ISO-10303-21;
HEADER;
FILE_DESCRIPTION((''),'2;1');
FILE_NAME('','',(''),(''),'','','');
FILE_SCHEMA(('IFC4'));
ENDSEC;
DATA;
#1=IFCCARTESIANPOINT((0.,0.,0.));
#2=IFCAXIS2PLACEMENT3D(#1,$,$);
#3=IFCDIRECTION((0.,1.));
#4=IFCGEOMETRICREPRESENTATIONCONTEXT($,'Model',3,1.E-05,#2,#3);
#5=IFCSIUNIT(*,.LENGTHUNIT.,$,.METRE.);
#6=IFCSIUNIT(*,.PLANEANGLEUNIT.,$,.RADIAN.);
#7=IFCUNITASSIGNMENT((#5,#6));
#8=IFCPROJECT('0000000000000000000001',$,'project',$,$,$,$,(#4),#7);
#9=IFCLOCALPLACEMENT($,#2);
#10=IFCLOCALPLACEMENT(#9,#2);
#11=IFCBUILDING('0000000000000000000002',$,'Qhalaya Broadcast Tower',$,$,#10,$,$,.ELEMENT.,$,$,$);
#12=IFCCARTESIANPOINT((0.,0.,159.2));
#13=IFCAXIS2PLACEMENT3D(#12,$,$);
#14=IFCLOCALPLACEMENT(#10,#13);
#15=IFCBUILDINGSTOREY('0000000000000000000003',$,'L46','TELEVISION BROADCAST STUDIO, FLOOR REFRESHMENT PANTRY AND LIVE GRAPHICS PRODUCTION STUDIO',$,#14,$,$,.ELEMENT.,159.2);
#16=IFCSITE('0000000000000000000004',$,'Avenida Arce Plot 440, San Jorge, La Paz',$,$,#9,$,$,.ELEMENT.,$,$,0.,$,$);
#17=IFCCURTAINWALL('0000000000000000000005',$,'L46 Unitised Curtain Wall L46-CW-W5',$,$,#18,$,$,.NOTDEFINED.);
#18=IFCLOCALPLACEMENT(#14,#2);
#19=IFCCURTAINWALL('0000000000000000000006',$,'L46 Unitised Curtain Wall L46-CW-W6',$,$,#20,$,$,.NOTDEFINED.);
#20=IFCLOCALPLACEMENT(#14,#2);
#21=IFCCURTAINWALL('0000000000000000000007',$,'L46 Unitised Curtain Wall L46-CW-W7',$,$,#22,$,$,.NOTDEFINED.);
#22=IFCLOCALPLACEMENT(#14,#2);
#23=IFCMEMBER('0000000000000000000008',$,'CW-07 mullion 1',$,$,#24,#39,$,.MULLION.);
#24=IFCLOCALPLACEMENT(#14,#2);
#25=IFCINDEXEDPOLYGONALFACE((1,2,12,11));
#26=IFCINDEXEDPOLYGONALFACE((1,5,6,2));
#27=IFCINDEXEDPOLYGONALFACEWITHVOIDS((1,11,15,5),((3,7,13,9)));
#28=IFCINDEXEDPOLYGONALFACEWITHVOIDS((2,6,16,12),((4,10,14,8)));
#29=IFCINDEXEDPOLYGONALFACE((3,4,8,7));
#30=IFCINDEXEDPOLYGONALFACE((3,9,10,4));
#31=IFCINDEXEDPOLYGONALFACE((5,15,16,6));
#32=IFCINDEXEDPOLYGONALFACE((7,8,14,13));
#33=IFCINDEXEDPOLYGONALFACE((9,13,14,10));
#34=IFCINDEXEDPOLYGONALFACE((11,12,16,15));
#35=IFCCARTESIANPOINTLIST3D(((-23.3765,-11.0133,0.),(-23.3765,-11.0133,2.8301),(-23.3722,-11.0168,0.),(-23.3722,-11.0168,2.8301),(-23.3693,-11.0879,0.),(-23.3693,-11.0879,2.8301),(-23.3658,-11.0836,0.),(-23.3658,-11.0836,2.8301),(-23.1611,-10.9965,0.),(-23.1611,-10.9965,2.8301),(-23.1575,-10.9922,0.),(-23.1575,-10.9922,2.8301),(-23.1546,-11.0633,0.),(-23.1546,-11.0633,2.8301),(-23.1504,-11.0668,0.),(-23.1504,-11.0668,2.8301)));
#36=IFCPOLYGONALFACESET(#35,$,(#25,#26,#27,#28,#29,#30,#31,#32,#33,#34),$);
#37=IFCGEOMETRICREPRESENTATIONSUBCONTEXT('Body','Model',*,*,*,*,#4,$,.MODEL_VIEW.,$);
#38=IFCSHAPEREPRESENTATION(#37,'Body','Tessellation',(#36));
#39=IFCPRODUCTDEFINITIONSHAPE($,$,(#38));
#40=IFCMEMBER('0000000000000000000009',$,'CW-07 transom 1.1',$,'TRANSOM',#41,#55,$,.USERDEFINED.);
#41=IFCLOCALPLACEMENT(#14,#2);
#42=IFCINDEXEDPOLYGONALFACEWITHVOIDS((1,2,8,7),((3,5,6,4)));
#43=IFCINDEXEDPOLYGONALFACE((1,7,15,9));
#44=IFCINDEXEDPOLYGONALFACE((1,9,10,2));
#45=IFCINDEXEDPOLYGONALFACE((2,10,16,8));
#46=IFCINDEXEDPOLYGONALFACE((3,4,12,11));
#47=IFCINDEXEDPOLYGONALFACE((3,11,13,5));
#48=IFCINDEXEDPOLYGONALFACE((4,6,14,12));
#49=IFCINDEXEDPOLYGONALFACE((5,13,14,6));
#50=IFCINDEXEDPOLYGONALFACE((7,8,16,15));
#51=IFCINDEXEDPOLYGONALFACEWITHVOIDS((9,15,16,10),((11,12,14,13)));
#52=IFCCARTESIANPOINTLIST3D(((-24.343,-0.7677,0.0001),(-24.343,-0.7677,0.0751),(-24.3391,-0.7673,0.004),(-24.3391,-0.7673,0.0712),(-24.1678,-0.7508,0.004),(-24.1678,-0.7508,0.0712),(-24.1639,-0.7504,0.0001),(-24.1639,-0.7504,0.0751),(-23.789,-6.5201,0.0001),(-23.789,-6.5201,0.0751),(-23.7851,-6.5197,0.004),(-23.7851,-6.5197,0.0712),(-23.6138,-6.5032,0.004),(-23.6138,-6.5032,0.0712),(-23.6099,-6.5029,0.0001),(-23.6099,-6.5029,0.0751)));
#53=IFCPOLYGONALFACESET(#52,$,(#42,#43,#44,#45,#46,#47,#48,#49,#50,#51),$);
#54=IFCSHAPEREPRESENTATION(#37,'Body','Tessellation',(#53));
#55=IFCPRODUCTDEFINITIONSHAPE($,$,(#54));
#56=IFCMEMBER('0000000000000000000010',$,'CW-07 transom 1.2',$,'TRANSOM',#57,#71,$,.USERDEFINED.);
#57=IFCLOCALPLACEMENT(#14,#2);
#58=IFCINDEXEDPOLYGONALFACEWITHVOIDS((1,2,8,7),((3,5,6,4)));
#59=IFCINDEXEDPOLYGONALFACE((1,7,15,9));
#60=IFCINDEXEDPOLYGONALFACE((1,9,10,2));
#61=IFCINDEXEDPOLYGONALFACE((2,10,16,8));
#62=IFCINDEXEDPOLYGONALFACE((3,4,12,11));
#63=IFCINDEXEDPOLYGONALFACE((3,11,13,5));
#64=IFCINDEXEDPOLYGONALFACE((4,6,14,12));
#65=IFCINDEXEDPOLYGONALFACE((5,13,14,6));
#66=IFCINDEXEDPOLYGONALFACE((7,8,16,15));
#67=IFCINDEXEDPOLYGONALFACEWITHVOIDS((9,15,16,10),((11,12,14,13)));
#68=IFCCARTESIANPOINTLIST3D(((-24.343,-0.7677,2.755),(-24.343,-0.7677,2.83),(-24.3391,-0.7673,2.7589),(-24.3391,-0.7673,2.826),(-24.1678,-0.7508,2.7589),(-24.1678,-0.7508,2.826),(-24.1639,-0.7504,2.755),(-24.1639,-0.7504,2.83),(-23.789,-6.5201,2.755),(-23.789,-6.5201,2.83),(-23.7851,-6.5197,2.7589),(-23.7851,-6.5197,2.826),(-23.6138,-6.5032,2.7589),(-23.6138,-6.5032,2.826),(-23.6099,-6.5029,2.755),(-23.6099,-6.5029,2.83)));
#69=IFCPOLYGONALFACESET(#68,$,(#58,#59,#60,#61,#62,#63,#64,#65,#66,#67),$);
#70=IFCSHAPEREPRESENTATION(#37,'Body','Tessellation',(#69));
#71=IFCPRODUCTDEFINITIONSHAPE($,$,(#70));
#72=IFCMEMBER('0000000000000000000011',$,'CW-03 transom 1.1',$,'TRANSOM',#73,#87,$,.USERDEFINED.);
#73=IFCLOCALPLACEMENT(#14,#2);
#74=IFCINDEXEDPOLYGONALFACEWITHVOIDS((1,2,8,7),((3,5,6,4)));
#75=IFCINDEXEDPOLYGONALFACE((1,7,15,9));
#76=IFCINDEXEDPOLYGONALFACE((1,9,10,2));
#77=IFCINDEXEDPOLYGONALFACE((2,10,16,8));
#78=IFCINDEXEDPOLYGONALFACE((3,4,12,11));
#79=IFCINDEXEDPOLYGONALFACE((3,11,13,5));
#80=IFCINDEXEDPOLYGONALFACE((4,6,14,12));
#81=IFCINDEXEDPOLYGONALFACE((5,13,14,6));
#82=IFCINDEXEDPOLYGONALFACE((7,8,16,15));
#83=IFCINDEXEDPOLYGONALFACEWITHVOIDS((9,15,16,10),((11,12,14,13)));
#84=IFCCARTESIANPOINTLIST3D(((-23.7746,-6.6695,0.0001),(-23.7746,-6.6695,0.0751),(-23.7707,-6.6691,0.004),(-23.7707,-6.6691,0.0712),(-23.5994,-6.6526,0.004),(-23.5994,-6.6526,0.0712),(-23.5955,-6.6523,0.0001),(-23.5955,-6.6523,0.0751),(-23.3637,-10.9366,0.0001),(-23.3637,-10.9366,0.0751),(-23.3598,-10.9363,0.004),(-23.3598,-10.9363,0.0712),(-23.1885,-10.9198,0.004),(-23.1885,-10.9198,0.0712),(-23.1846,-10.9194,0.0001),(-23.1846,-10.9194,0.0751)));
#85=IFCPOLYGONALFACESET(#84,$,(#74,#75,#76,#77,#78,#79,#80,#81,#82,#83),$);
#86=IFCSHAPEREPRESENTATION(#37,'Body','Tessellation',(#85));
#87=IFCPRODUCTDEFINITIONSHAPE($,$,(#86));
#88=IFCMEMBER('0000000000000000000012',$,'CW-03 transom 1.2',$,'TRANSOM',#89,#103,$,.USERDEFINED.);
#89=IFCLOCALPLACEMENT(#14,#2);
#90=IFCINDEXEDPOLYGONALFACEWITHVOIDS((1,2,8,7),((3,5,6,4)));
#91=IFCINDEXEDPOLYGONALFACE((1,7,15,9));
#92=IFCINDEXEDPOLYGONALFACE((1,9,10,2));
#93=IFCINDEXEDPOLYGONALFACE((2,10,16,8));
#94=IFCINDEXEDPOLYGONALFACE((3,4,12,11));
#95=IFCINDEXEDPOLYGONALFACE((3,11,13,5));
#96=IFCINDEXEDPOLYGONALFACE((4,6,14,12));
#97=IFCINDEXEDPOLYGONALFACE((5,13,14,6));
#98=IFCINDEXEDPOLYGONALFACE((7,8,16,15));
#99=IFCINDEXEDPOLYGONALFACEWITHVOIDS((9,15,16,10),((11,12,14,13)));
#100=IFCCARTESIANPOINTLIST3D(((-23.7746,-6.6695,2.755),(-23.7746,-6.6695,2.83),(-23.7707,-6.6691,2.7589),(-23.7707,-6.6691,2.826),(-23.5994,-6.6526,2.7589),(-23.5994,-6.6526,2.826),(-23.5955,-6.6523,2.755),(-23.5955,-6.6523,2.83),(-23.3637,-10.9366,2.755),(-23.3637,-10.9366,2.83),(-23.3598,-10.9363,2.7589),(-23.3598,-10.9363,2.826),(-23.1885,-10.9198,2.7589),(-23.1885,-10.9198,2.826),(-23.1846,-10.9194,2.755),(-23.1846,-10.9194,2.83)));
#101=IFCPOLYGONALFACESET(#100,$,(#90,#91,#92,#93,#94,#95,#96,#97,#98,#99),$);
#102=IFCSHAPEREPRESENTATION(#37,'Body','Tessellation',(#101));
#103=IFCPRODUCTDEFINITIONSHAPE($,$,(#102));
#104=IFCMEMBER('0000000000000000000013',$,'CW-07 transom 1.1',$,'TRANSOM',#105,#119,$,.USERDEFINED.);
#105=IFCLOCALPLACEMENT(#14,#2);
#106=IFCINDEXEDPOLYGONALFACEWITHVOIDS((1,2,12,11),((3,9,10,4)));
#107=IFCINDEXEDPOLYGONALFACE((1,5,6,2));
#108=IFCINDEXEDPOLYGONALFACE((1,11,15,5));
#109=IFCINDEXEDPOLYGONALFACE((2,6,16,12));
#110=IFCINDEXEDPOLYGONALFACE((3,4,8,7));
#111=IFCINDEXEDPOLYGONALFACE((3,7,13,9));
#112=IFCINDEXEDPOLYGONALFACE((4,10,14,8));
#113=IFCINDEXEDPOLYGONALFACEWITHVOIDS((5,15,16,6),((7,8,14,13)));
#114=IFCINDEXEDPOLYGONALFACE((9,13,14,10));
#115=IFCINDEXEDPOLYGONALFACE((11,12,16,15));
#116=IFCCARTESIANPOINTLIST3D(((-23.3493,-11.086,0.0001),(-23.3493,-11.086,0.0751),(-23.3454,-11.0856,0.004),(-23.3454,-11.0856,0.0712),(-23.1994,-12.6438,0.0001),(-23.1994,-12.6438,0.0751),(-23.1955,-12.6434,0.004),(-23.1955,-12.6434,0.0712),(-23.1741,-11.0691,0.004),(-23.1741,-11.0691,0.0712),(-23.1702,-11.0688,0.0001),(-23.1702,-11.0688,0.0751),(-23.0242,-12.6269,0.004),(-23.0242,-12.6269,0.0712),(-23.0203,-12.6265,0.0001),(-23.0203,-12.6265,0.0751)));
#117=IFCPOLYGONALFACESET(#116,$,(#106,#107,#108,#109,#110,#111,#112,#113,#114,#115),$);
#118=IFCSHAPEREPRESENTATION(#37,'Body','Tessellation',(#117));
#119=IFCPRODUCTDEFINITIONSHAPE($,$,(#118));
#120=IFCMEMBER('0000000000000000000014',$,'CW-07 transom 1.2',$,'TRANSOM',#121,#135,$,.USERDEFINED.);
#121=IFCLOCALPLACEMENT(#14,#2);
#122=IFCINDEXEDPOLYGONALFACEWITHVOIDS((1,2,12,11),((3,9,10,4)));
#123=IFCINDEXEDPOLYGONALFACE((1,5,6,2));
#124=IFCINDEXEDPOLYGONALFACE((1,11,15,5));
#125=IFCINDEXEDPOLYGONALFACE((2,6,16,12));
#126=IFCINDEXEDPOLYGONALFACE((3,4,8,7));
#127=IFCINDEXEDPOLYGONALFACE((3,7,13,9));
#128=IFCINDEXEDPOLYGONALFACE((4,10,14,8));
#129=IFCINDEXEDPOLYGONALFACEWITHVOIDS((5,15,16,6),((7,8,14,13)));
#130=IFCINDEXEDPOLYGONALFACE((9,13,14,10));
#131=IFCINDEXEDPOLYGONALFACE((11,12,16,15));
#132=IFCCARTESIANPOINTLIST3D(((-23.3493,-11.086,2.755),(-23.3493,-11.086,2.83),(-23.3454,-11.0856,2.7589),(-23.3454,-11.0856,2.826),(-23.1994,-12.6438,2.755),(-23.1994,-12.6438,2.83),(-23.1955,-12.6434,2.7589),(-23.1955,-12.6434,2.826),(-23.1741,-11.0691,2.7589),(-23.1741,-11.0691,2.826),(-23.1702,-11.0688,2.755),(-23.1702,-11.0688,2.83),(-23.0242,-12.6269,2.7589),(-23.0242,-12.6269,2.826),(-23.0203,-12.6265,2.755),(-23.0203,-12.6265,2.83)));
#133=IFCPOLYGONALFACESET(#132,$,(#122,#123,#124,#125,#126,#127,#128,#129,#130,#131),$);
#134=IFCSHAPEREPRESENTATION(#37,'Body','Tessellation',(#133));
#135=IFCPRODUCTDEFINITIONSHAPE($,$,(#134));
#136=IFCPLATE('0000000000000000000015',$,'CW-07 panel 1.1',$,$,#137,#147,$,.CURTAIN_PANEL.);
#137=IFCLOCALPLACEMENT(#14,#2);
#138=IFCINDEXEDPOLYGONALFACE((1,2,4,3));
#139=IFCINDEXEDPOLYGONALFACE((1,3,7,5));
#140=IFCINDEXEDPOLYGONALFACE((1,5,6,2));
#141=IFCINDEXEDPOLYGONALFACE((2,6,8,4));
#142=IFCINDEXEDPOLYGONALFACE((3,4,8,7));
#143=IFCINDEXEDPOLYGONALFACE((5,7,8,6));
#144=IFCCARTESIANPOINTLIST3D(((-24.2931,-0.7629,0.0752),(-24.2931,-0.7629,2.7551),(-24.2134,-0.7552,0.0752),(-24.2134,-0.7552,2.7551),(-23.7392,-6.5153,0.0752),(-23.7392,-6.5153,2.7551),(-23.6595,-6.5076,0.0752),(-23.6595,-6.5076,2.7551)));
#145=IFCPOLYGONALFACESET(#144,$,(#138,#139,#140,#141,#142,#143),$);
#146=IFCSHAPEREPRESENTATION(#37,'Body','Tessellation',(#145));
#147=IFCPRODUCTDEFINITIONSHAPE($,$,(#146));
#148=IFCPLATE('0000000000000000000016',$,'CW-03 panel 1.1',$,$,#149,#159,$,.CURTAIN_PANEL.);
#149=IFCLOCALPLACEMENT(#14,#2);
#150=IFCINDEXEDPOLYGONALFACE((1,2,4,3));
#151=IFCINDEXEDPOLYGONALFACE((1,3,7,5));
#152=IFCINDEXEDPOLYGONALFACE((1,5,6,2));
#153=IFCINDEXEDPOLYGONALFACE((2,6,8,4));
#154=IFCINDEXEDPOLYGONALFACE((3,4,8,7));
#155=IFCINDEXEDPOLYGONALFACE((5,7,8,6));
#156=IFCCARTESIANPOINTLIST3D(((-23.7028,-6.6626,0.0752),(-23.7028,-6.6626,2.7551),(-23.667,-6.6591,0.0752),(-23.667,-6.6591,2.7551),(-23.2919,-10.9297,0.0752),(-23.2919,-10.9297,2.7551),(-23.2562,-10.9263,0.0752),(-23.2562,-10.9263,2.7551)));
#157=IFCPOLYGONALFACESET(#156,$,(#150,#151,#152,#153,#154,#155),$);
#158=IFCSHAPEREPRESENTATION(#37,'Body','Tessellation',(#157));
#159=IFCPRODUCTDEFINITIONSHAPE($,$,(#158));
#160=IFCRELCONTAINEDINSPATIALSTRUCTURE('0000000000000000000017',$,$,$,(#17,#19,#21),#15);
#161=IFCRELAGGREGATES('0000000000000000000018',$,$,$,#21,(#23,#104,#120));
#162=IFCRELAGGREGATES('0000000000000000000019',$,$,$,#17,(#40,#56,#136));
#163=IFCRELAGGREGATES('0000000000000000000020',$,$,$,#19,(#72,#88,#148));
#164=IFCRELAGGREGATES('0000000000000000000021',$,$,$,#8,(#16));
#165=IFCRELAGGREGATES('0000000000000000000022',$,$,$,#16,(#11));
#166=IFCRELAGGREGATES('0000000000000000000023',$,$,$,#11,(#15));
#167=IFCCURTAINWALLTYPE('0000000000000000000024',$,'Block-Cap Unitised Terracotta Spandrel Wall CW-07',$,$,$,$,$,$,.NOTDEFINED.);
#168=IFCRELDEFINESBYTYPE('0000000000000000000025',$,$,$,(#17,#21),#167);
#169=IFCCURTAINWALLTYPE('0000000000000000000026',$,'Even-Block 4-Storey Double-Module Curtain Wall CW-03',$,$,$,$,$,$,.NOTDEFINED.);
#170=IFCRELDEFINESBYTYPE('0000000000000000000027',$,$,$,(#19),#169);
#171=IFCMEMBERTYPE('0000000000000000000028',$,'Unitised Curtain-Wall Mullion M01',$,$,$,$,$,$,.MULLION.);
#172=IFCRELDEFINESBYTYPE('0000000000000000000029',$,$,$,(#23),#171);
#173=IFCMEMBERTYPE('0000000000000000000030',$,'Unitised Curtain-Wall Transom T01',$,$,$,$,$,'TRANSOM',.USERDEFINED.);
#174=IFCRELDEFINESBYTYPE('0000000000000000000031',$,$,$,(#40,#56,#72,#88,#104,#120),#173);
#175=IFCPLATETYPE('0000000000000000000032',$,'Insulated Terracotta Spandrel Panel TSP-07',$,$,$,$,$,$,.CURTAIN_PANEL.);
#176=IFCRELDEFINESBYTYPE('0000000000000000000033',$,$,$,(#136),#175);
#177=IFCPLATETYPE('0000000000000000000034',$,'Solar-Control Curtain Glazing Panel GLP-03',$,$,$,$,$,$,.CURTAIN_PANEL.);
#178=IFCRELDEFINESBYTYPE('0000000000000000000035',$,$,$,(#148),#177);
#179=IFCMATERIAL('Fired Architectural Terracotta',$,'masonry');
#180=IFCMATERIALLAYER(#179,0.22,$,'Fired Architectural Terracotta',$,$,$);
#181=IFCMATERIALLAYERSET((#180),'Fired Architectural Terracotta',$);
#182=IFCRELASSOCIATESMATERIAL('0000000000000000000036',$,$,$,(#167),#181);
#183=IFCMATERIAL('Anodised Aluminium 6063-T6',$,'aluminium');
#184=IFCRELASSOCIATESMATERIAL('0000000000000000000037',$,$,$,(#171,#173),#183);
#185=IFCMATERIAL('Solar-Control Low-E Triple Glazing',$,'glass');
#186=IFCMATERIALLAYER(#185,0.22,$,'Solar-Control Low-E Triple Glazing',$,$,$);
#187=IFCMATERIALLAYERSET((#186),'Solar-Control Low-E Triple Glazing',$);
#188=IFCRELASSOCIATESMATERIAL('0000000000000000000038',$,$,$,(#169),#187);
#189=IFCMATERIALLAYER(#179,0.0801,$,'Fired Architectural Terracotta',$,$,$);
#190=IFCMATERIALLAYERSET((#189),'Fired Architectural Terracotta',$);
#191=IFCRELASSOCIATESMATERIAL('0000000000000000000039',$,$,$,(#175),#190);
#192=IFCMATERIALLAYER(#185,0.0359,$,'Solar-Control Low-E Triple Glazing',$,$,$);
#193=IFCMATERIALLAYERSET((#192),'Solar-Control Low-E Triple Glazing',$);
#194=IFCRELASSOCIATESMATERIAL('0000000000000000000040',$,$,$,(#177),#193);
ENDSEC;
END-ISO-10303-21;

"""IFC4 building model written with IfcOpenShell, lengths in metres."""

from ifc_helpers import new_model, si_unit, direction, frame, origin, origin_2d, place, context, subcontext, project, spatial, rectangle, hollow_rectangle, extrude, material, layer, layer_set, material_profile, profile_set, type_object, element, aggregate, save


model = new_model("IFC4")

# Units and contexts
model_context = context("Model", 3, precision=1e-05, world=origin(), true_north=direction((0.0, 1.0)))
body_context = subcontext(model_context, "Body", "Model", "MODEL_VIEW")
ifc_project = project(units=[si_unit("LENGTHUNIT", "METRE"), si_unit("PLANEANGLEUNIT", "RADIAN")], contexts=[model_context])

# Site, building, storey
site_placement = place(None, origin())
site = spatial("IfcSite", under=ifc_project, at=site_placement, Name="Avenida Arce Plot 440, San Jorge, La Paz", CompositionType="ELEMENT", RefElevation=0.0)
building_placement = place(site_placement, origin())
building = spatial("IfcBuilding", under=site, at=building_placement, Name="Qhalaya Broadcast Tower", CompositionType="ELEMENT")
storey_placement = place(building_placement, frame((0.0, 0.0, 159.2)))
storey = spatial("IfcBuildingStorey", under=building, at=storey_placement, Name="L46", Description="TELEVISION BROADCAST STUDIO, FLOOR REFRESHMENT PANTRY AND LIVE GRAPHICS PRODUCTION STUDIO", CompositionType="ELEMENT", Elevation=159.2)

# Curtain walls
ifc_material_1 = material(Name="Fired Architectural Terracotta", Category="masonry")
ifc_layer_1 = layer(ifc_material_1, 0.22, Name="Fired Architectural Terracotta")
ifc_layer_set_1 = layer_set([ifc_layer_1], Name="Fired Architectural Terracotta")
curtain_wall_type_1 = type_object("IfcCurtainWallType", Name="Block-Cap Unitised Terracotta Spandrel Wall CW-07", PredefinedType="NOTDEFINED", material=ifc_layer_set_1)
curtain_wall_1_placement = place(storey_placement, origin())
curtain_wall_1 = element("IfcCurtainWall", 1, at=curtain_wall_1_placement, inside=storey, type_object=curtain_wall_type_1, Name="L46 Unitised Curtain Wall L46-CW-W5", PredefinedType="NOTDEFINED")
ifc_material_2 = material(Name="Anodised Aluminium 6063-T6", Category="aluminium")
ifc_material_profile_1 = material_profile(ifc_material_2, hollow_rectangle(XDim=0.075, YDim=0.22, WallThickness=0.0039, at=origin_2d()), Name="ALU-MUL 75x220x4")
ifc_profile_set_1 = profile_set([ifc_material_profile_1], Name="Anodised Aluminium 6063-T6")
member_type_1 = type_object("IfcMemberType", Name="Unitised Curtain-Wall Mullion M01", PredefinedType="MULLION", material=ifc_profile_set_1)
ifc_material_3 = material(Name="Solar-Control Low-E Triple Glazing", Category="glass")
ifc_layer_2 = layer(ifc_material_3, 0.22, Name="Solar-Control Low-E Triple Glazing")
ifc_layer_set_2 = layer_set([ifc_layer_2], Name="Solar-Control Low-E Triple Glazing")
curtain_wall_type_2 = type_object("IfcCurtainWallType", Name="Even-Block 4-Storey Double-Module Curtain Wall CW-03", PredefinedType="NOTDEFINED", material=ifc_layer_set_2)
curtain_wall_2_placement = place(storey_placement, origin())
curtain_wall_2 = element("IfcCurtainWall", 2, at=curtain_wall_2_placement, inside=storey, type_object=curtain_wall_type_2, Name="L46 Unitised Curtain Wall L46-CW-W6", PredefinedType="NOTDEFINED")

# Curtain wall, member
curtain_wall_3_placement = place(storey_placement, origin())
curtain_wall_3 = element("IfcCurtainWall", 3, at=curtain_wall_3_placement, inside=storey, type_object=curtain_wall_type_1, Name="L46 Unitised Curtain Wall L46-CW-W7", PredefinedType="NOTDEFINED")
member_1_placement = place(storey_placement, frame((-23.2634, -11.04, 0.0), z_axis=(0.0, 0.0, 1.0), x_axis=(0.09586, -0.995395, 0.0)))
member_1 = element("IfcMember", 4, at=member_1_placement, type_object=member_type_1, Name="CW-07 mullion 1", PredefinedType="MULLION", context=body_context, shape_type="SweptSolid", body=[
    extrude(hollow_rectangle(XDim=0.075, YDim=0.22, WallThickness=0.0039, at=origin_2d()), origin(), (0.0, 0.0, 1.0), 2.8301),
])

# Members
ifc_material_profile_2 = material_profile(ifc_material_2, hollow_rectangle(XDim=0.075, YDim=0.1799, WallThickness=0.0039, at=origin_2d()), Name="ALU-TRN 75x180x4")
ifc_profile_set_2 = profile_set([ifc_material_profile_2], Name="Anodised Aluminium 6063-T6")
member_type_2 = type_object("IfcMemberType", Name="Unitised Curtain-Wall Transom T01", ElementType="TRANSOM", PredefinedType="USERDEFINED", material=ifc_profile_set_2)
member_2_placement = place(storey_placement, frame((-24.2534, -0.759, 0.0376), z_axis=(0.095856, -0.995395, 0.0), x_axis=(0.0, 0.0, 1.0)))
member_2 = element("IfcMember", 5, at=member_2_placement, type_object=member_type_2, Name="CW-07 transom 1.1", ObjectType="TRANSOM", PredefinedType="USERDEFINED", context=body_context, shape_type="SweptSolid", body=[
    extrude(hollow_rectangle(XDim=0.075, YDim=0.1799, WallThickness=0.0039, at=origin_2d()), origin(), (0.0, 0.0, 1.0), 5.7791),
])
member_3_placement = place(storey_placement, frame((-24.2534, -0.759, 2.7925), z_axis=(0.095856, -0.995395, 0.0), x_axis=(0.0, 0.0, 1.0)))
member_3 = element("IfcMember", 6, at=member_3_placement, type_object=member_type_2, Name="CW-07 transom 1.2", ObjectType="TRANSOM", PredefinedType="USERDEFINED", context=body_context, shape_type="SweptSolid", body=[
    extrude(hollow_rectangle(XDim=0.075, YDim=0.1799, WallThickness=0.0039, at=origin_2d()), origin(), (0.0, 0.0, 1.0), 5.7791),
])
member_4_placement = place(storey_placement, frame((-23.6851, -6.6609, 0.0376), z_axis=(0.095849, -0.995396, 0.0), x_axis=(0.0, 0.0, 1.0)))
member_4 = element("IfcMember", 7, at=member_4_placement, type_object=member_type_2, Name="CW-03 transom 1.1", ObjectType="TRANSOM", PredefinedType="USERDEFINED", context=body_context, shape_type="SweptSolid", body=[
    extrude(hollow_rectangle(XDim=0.075, YDim=0.1799, WallThickness=0.0039, at=origin_2d()), origin(), (0.0, 0.0, 1.0), 4.2869),
])
member_5_placement = place(storey_placement, frame((-23.6851, -6.6609, 2.7925), z_axis=(0.095849, -0.995396, 0.0), x_axis=(0.0, 0.0, 1.0)))
member_5 = element("IfcMember", 8, at=member_5_placement, type_object=member_type_2, Name="CW-03 transom 1.2", ObjectType="TRANSOM", PredefinedType="USERDEFINED", context=body_context, shape_type="SweptSolid", body=[
    extrude(hollow_rectangle(XDim=0.075, YDim=0.1799, WallThickness=0.0039, at=origin_2d()), origin(), (0.0, 0.0, 1.0), 4.2869),
])
member_6_placement = place(storey_placement, frame((-23.2598, -11.0774, 0.0376), z_axis=(0.095781, -0.995402, 0.0), x_axis=(0.0, 0.0, 1.0)))
member_6 = element("IfcMember", 9, at=member_6_placement, type_object=member_type_2, Name="CW-07 transom 1.1", ObjectType="TRANSOM", PredefinedType="USERDEFINED", context=body_context, shape_type="SweptSolid", body=[
    extrude(hollow_rectangle(XDim=0.075, YDim=0.1799, WallThickness=0.0039, at=origin_2d()), origin(), (0.0, 0.0, 1.0), 1.5649),
])
member_7_placement = place(storey_placement, frame((-23.2598, -11.0774, 2.7925), z_axis=(0.095781, -0.995402, 0.0), x_axis=(0.0, 0.0, 1.0)))
member_7 = element("IfcMember", 10, at=member_7_placement, type_object=member_type_2, Name="CW-07 transom 1.2", ObjectType="TRANSOM", PredefinedType="USERDEFINED", context=body_context, shape_type="SweptSolid", body=[
    extrude(hollow_rectangle(XDim=0.075, YDim=0.1799, WallThickness=0.0039, at=origin_2d()), origin(), (0.0, 0.0, 1.0), 1.5649),
])
aggregate(curtain_wall_3, [member_1, member_6, member_7])

# Plates
ifc_layer_3 = layer(ifc_material_1, 0.0801, Name="Fired Architectural Terracotta")
ifc_layer_set_3 = layer_set([ifc_layer_3], Name="Fired Architectural Terracotta")
plate_type_1 = type_object("IfcPlateType", Name="Insulated Terracotta Spandrel Panel TSP-07", PredefinedType="CURTAIN_PANEL", material=ifc_layer_set_3)
plate_1_placement = place(storey_placement, frame((-23.9763, -3.6353, 0.0752), z_axis=(0.0, 0.0, 1.0), x_axis=(0.095849, -0.995396, 0.0)))
plate_1 = element("IfcPlate", 11, at=plate_1_placement, type_object=plate_type_1, Name="CW-07 panel 1.1", PredefinedType="CURTAIN_PANEL", context=body_context, shape_type="SweptSolid", body=[
    extrude(rectangle(XDim=5.7791, YDim=0.0801, at=origin_2d()), origin(), (0.0, 0.0, 1.0), 2.6799),
])
aggregate(curtain_wall_1, [member_2, member_3, plate_1])
ifc_layer_4 = layer(ifc_material_3, 0.0359, Name="Solar-Control Low-E Triple Glazing")
ifc_layer_set_4 = layer_set([ifc_layer_4], Name="Solar-Control Low-E Triple Glazing")
plate_type_2 = type_object("IfcPlateType", Name="Solar-Control Curtain Glazing Panel GLP-03", PredefinedType="CURTAIN_PANEL", material=ifc_layer_set_4)
plate_2_placement = place(storey_placement, frame((-23.4795, -8.7944, 0.0752), z_axis=(0.0, 0.0, 1.0), x_axis=(0.095832, -0.995398, 0.0)))
plate_2 = element("IfcPlate", 12, at=plate_2_placement, type_object=plate_type_2, Name="CW-03 panel 1.1", PredefinedType="CURTAIN_PANEL", context=body_context, shape_type="SweptSolid", body=[
    extrude(rectangle(XDim=4.2869, YDim=0.0359, at=origin_2d()), origin(), (0.0, 0.0, 1.0), 2.6799),
])
aggregate(curtain_wall_2, [member_4, member_5, plate_2])

save(model, "model.ifc")
